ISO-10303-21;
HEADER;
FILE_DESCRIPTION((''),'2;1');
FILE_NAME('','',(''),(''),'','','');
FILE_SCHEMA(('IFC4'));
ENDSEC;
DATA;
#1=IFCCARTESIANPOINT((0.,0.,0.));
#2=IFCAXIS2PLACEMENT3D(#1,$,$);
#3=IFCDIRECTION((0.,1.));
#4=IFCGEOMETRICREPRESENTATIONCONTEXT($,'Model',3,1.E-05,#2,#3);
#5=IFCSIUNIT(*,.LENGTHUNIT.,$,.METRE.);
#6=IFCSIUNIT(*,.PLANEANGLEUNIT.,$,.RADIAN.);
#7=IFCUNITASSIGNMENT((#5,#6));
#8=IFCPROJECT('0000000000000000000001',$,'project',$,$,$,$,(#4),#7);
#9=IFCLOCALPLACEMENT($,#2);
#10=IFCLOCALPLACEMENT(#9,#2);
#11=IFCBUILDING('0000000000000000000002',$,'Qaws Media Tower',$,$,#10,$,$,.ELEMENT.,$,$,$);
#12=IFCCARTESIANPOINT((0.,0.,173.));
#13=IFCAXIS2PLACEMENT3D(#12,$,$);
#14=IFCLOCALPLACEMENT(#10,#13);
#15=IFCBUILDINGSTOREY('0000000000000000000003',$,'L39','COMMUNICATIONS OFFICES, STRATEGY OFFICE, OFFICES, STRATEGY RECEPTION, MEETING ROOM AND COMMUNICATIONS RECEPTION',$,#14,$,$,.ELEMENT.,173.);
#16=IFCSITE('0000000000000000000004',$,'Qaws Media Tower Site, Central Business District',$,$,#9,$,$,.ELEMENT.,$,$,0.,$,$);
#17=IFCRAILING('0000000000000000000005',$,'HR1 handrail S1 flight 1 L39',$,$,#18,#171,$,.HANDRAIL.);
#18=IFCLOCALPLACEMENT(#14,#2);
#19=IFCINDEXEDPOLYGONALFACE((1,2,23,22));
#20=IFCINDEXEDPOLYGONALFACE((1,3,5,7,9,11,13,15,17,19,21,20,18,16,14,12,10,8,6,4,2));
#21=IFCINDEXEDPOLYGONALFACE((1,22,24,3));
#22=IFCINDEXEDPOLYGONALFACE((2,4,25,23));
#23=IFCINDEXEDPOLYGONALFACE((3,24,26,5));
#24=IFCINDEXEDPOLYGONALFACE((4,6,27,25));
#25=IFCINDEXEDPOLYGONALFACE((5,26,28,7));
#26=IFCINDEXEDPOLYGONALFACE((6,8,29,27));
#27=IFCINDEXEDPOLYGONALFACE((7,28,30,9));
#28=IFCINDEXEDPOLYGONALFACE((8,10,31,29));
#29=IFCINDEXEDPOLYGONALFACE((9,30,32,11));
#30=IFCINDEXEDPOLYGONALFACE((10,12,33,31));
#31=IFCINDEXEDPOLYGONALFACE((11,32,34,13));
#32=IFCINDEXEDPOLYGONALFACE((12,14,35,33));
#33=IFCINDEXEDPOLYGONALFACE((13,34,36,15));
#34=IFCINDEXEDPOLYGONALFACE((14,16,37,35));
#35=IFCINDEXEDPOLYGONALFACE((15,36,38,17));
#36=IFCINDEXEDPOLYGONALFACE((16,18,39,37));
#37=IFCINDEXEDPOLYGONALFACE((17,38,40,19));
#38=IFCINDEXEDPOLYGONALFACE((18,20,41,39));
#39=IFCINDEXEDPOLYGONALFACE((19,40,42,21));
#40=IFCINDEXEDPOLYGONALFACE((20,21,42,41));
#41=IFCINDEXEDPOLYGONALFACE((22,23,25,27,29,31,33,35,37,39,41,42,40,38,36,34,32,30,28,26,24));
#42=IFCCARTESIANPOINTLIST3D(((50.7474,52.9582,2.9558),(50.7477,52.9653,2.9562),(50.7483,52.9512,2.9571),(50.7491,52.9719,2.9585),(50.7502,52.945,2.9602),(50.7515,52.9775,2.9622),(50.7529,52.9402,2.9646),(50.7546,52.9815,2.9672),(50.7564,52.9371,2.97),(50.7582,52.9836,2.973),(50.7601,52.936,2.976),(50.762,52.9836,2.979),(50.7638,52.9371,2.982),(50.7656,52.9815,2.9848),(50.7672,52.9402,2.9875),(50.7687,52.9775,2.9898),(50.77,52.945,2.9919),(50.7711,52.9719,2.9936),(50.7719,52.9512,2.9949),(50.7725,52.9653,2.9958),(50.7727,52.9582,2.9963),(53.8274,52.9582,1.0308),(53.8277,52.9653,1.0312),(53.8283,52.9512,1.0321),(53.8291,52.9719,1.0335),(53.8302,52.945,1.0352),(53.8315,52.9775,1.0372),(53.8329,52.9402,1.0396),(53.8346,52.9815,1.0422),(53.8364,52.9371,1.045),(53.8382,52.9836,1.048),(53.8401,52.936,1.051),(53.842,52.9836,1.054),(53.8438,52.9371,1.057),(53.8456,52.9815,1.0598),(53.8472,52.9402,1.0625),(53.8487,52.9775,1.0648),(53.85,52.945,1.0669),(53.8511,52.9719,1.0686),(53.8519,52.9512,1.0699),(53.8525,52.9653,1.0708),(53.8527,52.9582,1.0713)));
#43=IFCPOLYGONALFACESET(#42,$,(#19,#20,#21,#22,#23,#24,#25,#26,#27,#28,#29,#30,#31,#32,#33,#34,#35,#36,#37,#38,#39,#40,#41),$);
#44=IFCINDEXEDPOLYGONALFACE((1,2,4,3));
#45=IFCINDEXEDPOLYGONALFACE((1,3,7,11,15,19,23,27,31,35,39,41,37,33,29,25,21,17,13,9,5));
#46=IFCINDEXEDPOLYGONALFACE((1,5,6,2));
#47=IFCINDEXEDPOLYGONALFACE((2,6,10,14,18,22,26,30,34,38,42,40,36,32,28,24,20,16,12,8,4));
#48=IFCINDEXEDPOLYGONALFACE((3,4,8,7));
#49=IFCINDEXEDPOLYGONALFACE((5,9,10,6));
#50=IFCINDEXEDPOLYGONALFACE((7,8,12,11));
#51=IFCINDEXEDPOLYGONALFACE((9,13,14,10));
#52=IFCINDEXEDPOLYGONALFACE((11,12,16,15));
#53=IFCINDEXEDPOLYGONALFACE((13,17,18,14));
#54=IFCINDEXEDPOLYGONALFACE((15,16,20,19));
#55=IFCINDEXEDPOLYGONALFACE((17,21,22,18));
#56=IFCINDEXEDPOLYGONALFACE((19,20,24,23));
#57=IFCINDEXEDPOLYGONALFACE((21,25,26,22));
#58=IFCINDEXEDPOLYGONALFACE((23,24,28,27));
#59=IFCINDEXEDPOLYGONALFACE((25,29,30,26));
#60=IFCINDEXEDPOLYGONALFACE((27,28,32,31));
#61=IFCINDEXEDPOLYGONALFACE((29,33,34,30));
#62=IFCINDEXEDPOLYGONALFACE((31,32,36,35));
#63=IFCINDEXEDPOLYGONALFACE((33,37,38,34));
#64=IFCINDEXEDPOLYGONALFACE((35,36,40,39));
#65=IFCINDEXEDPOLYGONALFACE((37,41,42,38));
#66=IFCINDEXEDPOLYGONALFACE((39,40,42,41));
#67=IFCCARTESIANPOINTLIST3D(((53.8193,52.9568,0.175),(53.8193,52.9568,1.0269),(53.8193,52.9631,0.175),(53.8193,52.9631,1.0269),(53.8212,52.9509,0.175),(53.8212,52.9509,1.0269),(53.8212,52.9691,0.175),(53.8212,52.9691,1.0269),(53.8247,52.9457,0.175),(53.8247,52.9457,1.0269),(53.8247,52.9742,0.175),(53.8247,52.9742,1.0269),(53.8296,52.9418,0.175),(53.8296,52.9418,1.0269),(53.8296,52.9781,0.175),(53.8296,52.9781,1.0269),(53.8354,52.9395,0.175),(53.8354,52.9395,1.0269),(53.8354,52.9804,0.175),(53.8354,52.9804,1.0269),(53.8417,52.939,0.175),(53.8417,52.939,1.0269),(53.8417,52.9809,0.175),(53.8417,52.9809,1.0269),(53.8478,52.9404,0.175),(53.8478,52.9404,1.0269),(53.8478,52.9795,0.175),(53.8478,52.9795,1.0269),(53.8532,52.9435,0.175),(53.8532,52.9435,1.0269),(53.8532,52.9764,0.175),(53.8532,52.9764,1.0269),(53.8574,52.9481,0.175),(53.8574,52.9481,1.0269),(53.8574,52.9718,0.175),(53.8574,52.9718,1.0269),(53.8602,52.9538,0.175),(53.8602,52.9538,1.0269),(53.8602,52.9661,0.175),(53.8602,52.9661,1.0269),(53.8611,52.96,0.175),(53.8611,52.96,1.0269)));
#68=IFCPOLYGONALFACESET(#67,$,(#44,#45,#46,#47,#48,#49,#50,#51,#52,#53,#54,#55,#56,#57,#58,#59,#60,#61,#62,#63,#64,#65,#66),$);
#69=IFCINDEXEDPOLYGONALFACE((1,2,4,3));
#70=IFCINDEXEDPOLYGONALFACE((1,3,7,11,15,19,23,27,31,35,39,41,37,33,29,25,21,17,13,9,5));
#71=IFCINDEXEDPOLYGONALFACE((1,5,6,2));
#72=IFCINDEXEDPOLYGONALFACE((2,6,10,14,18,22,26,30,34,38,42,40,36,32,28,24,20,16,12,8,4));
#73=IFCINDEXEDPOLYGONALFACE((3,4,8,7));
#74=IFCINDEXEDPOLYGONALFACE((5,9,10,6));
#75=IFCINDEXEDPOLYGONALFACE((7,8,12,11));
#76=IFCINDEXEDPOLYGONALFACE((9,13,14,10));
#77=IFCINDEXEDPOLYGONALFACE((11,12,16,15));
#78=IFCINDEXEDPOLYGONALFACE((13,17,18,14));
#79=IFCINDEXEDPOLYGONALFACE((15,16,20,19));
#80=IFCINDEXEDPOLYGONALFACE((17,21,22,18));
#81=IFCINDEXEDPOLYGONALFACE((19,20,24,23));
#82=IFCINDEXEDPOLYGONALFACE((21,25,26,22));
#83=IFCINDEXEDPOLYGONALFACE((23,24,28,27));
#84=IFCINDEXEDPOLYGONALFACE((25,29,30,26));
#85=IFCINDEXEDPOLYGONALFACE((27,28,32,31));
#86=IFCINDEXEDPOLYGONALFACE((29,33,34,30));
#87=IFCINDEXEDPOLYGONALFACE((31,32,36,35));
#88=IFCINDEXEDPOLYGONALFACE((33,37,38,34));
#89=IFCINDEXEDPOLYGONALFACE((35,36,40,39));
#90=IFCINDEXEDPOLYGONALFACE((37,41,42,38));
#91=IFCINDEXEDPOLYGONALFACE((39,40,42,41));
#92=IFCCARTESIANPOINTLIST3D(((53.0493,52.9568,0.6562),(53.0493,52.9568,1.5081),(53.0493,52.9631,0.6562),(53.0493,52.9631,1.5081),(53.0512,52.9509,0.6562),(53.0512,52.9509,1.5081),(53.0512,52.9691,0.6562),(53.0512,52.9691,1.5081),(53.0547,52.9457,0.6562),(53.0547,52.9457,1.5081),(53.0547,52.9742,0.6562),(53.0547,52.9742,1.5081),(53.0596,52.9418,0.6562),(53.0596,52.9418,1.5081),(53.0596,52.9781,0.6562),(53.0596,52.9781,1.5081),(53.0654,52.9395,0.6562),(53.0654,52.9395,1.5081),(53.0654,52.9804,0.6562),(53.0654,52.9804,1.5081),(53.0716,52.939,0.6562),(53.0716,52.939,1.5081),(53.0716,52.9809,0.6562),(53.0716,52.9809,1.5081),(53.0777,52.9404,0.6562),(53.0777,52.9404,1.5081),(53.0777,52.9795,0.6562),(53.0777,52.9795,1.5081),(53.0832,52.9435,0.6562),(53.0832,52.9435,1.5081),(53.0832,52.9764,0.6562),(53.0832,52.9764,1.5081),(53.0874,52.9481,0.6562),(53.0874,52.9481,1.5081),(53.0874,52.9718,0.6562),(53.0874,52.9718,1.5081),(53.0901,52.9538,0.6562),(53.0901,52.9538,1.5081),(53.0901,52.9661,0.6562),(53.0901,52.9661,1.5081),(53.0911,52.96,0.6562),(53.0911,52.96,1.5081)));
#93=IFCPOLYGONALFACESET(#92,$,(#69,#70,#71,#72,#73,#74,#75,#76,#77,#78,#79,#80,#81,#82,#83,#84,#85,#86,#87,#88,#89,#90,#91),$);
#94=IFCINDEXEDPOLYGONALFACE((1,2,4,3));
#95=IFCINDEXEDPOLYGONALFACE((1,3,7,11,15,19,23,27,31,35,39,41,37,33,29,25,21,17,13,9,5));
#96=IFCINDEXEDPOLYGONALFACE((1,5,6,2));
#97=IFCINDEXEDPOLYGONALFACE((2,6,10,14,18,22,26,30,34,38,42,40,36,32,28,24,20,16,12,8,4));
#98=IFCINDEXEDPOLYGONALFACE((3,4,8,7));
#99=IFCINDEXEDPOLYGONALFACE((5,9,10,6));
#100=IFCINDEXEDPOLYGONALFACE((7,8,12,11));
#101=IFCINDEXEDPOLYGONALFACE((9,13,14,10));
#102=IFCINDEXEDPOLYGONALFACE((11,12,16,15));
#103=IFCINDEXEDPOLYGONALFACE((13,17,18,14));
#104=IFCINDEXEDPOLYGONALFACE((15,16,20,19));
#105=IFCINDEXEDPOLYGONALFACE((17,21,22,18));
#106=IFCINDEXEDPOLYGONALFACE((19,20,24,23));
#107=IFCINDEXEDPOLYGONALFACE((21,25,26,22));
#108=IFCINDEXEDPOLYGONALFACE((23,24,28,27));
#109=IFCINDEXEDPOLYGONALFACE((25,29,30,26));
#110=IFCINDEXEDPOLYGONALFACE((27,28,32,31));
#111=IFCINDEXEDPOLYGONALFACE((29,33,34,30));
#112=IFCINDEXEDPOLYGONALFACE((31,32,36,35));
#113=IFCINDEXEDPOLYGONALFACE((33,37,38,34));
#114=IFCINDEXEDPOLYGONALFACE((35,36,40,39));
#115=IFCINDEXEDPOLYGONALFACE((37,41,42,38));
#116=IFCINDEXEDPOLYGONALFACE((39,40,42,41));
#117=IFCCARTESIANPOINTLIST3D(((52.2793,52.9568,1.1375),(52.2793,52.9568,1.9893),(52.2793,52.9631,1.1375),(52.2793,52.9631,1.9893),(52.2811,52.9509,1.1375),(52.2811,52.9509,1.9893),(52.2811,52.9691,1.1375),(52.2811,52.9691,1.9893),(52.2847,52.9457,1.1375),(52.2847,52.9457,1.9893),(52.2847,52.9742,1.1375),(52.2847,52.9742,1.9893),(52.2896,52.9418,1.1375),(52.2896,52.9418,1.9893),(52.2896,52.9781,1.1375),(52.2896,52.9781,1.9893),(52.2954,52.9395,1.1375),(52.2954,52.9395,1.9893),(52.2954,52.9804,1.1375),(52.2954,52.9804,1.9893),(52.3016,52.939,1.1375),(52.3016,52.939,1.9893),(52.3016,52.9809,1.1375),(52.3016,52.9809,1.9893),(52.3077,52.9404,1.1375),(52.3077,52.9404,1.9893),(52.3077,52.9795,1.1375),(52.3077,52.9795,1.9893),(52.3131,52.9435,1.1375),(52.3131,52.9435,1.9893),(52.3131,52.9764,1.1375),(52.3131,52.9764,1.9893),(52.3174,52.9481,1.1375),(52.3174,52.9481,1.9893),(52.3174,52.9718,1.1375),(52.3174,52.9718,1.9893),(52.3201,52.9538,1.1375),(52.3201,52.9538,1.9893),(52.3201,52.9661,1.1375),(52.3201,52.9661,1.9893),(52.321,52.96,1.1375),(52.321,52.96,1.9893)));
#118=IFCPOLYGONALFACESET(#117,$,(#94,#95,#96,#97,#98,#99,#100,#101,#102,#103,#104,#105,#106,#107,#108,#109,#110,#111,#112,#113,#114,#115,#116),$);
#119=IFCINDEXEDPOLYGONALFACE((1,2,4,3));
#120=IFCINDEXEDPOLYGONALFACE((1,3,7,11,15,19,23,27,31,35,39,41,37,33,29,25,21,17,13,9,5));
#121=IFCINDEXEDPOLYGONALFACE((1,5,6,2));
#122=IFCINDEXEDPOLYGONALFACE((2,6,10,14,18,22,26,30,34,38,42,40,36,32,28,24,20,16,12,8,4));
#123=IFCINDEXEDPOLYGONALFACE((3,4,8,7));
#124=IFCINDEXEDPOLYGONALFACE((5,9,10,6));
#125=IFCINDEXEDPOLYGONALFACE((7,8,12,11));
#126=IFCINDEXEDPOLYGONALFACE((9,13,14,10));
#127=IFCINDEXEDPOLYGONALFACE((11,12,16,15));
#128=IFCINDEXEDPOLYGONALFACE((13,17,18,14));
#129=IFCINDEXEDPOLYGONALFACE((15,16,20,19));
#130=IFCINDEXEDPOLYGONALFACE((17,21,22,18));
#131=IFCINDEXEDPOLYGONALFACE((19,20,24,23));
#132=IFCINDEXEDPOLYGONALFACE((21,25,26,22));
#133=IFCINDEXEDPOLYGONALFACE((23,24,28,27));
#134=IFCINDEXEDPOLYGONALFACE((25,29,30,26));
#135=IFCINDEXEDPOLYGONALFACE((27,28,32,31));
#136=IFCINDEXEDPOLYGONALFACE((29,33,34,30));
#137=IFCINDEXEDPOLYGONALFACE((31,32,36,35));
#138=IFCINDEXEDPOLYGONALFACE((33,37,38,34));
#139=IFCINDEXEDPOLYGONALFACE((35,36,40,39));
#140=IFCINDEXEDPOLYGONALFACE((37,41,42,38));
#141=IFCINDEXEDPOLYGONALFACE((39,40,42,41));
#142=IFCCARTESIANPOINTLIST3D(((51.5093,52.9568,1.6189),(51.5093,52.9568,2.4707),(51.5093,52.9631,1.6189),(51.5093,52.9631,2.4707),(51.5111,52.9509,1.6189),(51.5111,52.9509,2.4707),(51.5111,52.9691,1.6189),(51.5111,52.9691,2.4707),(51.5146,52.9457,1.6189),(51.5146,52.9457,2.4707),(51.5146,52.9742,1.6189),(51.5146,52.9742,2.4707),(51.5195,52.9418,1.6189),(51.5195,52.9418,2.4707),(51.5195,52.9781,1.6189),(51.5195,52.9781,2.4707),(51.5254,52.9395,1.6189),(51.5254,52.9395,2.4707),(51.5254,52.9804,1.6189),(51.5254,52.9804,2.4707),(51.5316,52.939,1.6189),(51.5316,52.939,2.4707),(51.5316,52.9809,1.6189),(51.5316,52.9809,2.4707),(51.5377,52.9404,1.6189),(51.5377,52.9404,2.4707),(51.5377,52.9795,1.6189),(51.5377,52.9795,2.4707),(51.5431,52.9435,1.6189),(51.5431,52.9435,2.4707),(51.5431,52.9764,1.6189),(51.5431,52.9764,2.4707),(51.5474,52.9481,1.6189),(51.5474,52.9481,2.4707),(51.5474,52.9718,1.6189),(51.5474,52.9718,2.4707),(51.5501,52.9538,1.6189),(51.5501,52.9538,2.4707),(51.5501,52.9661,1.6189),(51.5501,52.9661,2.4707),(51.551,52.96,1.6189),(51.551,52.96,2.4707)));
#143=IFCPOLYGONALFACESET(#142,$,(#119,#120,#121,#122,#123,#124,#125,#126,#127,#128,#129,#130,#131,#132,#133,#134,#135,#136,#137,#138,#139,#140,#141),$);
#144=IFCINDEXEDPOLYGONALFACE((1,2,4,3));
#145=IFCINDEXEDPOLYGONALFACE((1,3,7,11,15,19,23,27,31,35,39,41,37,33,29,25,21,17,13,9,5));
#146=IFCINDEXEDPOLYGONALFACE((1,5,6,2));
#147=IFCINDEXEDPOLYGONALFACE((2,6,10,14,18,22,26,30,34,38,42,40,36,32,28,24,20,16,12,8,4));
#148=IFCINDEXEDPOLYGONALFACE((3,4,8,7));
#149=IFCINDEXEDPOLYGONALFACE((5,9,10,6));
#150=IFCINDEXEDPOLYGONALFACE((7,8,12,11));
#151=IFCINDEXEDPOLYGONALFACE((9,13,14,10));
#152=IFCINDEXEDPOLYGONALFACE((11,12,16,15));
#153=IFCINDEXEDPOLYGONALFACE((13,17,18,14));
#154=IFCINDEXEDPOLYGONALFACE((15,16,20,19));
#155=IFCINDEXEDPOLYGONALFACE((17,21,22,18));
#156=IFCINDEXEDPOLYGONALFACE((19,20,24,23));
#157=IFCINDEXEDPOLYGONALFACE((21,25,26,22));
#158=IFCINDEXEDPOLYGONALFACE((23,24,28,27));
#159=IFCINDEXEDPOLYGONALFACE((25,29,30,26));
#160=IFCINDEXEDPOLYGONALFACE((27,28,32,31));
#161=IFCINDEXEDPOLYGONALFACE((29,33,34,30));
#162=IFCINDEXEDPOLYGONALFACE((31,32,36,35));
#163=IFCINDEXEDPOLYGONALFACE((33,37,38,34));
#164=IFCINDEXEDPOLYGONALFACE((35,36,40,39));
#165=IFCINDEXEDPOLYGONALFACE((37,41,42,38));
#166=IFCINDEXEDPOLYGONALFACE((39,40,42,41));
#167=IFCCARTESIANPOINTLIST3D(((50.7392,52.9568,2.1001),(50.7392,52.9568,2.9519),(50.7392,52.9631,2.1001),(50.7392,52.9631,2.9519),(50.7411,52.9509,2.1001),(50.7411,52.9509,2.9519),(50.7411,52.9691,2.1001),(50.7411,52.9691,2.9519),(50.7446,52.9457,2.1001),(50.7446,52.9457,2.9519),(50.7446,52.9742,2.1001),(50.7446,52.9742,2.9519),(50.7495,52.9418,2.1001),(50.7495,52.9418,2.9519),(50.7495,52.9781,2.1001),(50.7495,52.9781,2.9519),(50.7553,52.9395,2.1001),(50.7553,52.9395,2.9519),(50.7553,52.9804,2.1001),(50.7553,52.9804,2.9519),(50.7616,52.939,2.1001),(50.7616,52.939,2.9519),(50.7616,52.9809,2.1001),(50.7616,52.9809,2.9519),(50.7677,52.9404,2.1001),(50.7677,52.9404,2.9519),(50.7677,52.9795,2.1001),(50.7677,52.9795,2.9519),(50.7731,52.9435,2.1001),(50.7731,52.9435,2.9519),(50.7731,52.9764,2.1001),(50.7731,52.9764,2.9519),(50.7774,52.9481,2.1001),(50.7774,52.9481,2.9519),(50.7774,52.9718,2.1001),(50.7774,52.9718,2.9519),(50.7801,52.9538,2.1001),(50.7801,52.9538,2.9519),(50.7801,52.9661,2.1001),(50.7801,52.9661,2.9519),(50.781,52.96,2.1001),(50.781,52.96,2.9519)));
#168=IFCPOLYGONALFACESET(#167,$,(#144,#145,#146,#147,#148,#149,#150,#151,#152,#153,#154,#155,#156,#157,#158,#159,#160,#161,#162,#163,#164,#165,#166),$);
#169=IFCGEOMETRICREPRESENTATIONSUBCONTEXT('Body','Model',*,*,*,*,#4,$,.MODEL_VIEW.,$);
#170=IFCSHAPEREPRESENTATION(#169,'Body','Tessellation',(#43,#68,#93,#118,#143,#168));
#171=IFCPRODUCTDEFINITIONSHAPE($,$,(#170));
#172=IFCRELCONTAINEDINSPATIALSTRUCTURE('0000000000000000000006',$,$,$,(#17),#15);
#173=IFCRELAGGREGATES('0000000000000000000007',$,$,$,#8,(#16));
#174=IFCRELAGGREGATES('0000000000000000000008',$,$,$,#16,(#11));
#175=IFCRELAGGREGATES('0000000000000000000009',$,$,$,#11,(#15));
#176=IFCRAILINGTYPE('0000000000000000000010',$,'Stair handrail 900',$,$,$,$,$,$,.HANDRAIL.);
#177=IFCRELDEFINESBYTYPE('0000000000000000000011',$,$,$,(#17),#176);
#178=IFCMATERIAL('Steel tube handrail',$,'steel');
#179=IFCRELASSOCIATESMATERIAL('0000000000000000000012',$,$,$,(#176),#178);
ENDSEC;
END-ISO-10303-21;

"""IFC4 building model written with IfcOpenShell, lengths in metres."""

from ifc_helpers import new_model, si_unit, direction, frame, origin, origin_2d, place, context, subcontext, project, spatial, circle, extrude, material, type_object, element, save


model = new_model("IFC4")

# Units and contexts
model_context = context("Model", 3, precision=1e-05, world=origin(), true_north=direction((0.0, 1.0)))
body_context = subcontext(model_context, "Body", "Model", "MODEL_VIEW")
ifc_project = project(units=[si_unit("LENGTHUNIT", "METRE"), si_unit("PLANEANGLEUNIT", "RADIAN")], contexts=[model_context])

# Site, building, storey
site_placement = place(None, origin())
site = spatial("IfcSite", under=ifc_project, at=site_placement, Name="Qaws Media Tower Site, Central Business District", CompositionType="ELEMENT", RefElevation=0.0)
building_placement = place(site_placement, origin())
building = spatial("IfcBuilding", under=site, at=building_placement, Name="Qaws Media Tower", CompositionType="ELEMENT")
storey_placement = place(building_placement, frame((0.0, 0.0, 173.0)))
storey = spatial("IfcBuildingStorey", under=building, at=storey_placement, Name="L39", Description="COMMUNICATIONS OFFICES, STRATEGY OFFICE, OFFICES, STRATEGY RECEPTION, MEETING ROOM AND COMMUNICATIONS RECEPTION", CompositionType="ELEMENT", Elevation=173.0)

# Railing
ifc_material_1 = material(Name="Steel tube handrail", Category="steel")
railing_type = type_object("IfcRailingType", Name="Stair handrail 900", PredefinedType="HANDRAIL", material=ifc_material_1)
for number, where, name in (
    (1, (53.8401, 52.96, 0.175), "HR1 handrail S1 flight 1 L39"),
):
    element("IfcRailing", number, at=place(storey_placement, frame(where)), inside=storey, type_object=railing_type, Name=name, PredefinedType="HANDRAIL", context=body_context, shape_type="SweptSolid", body=[
        extrude(circle(Radius=0.0239, at=origin_2d()), frame((0.0, 0.0, 0.876), z_axis=(-0.847998, 0.0, 0.529999), x_axis=(0.0, -1.0, 0.0)), (0.0, 0.0, 1.0), 3.6321),
        extrude(circle(Radius=0.021, at=origin_2d()), origin(), (0.0, 0.0, 1.0), 0.8518),
        extrude(circle(Radius=0.021, at=origin_2d()), frame((-0.77, 0.0, 0.4812)), (0.0, 0.0, 1.0), 0.8518),
        extrude(circle(Radius=0.021, at=origin_2d()), frame((-1.54, 0.0, 0.9624)), (0.0, 0.0, 1.0), 0.8518),
        extrude(circle(Radius=0.021, at=origin_2d()), frame((-2.3101, 0.0, 1.4438)), (0.0, 0.0, 1.0), 0.8518),
        extrude(circle(Radius=0.021, at=origin_2d()), frame((-3.0801, 0.0, 1.925)), (0.0, 0.0, 1.0), 0.8518),
    ])

save(model, "model.ifc")
